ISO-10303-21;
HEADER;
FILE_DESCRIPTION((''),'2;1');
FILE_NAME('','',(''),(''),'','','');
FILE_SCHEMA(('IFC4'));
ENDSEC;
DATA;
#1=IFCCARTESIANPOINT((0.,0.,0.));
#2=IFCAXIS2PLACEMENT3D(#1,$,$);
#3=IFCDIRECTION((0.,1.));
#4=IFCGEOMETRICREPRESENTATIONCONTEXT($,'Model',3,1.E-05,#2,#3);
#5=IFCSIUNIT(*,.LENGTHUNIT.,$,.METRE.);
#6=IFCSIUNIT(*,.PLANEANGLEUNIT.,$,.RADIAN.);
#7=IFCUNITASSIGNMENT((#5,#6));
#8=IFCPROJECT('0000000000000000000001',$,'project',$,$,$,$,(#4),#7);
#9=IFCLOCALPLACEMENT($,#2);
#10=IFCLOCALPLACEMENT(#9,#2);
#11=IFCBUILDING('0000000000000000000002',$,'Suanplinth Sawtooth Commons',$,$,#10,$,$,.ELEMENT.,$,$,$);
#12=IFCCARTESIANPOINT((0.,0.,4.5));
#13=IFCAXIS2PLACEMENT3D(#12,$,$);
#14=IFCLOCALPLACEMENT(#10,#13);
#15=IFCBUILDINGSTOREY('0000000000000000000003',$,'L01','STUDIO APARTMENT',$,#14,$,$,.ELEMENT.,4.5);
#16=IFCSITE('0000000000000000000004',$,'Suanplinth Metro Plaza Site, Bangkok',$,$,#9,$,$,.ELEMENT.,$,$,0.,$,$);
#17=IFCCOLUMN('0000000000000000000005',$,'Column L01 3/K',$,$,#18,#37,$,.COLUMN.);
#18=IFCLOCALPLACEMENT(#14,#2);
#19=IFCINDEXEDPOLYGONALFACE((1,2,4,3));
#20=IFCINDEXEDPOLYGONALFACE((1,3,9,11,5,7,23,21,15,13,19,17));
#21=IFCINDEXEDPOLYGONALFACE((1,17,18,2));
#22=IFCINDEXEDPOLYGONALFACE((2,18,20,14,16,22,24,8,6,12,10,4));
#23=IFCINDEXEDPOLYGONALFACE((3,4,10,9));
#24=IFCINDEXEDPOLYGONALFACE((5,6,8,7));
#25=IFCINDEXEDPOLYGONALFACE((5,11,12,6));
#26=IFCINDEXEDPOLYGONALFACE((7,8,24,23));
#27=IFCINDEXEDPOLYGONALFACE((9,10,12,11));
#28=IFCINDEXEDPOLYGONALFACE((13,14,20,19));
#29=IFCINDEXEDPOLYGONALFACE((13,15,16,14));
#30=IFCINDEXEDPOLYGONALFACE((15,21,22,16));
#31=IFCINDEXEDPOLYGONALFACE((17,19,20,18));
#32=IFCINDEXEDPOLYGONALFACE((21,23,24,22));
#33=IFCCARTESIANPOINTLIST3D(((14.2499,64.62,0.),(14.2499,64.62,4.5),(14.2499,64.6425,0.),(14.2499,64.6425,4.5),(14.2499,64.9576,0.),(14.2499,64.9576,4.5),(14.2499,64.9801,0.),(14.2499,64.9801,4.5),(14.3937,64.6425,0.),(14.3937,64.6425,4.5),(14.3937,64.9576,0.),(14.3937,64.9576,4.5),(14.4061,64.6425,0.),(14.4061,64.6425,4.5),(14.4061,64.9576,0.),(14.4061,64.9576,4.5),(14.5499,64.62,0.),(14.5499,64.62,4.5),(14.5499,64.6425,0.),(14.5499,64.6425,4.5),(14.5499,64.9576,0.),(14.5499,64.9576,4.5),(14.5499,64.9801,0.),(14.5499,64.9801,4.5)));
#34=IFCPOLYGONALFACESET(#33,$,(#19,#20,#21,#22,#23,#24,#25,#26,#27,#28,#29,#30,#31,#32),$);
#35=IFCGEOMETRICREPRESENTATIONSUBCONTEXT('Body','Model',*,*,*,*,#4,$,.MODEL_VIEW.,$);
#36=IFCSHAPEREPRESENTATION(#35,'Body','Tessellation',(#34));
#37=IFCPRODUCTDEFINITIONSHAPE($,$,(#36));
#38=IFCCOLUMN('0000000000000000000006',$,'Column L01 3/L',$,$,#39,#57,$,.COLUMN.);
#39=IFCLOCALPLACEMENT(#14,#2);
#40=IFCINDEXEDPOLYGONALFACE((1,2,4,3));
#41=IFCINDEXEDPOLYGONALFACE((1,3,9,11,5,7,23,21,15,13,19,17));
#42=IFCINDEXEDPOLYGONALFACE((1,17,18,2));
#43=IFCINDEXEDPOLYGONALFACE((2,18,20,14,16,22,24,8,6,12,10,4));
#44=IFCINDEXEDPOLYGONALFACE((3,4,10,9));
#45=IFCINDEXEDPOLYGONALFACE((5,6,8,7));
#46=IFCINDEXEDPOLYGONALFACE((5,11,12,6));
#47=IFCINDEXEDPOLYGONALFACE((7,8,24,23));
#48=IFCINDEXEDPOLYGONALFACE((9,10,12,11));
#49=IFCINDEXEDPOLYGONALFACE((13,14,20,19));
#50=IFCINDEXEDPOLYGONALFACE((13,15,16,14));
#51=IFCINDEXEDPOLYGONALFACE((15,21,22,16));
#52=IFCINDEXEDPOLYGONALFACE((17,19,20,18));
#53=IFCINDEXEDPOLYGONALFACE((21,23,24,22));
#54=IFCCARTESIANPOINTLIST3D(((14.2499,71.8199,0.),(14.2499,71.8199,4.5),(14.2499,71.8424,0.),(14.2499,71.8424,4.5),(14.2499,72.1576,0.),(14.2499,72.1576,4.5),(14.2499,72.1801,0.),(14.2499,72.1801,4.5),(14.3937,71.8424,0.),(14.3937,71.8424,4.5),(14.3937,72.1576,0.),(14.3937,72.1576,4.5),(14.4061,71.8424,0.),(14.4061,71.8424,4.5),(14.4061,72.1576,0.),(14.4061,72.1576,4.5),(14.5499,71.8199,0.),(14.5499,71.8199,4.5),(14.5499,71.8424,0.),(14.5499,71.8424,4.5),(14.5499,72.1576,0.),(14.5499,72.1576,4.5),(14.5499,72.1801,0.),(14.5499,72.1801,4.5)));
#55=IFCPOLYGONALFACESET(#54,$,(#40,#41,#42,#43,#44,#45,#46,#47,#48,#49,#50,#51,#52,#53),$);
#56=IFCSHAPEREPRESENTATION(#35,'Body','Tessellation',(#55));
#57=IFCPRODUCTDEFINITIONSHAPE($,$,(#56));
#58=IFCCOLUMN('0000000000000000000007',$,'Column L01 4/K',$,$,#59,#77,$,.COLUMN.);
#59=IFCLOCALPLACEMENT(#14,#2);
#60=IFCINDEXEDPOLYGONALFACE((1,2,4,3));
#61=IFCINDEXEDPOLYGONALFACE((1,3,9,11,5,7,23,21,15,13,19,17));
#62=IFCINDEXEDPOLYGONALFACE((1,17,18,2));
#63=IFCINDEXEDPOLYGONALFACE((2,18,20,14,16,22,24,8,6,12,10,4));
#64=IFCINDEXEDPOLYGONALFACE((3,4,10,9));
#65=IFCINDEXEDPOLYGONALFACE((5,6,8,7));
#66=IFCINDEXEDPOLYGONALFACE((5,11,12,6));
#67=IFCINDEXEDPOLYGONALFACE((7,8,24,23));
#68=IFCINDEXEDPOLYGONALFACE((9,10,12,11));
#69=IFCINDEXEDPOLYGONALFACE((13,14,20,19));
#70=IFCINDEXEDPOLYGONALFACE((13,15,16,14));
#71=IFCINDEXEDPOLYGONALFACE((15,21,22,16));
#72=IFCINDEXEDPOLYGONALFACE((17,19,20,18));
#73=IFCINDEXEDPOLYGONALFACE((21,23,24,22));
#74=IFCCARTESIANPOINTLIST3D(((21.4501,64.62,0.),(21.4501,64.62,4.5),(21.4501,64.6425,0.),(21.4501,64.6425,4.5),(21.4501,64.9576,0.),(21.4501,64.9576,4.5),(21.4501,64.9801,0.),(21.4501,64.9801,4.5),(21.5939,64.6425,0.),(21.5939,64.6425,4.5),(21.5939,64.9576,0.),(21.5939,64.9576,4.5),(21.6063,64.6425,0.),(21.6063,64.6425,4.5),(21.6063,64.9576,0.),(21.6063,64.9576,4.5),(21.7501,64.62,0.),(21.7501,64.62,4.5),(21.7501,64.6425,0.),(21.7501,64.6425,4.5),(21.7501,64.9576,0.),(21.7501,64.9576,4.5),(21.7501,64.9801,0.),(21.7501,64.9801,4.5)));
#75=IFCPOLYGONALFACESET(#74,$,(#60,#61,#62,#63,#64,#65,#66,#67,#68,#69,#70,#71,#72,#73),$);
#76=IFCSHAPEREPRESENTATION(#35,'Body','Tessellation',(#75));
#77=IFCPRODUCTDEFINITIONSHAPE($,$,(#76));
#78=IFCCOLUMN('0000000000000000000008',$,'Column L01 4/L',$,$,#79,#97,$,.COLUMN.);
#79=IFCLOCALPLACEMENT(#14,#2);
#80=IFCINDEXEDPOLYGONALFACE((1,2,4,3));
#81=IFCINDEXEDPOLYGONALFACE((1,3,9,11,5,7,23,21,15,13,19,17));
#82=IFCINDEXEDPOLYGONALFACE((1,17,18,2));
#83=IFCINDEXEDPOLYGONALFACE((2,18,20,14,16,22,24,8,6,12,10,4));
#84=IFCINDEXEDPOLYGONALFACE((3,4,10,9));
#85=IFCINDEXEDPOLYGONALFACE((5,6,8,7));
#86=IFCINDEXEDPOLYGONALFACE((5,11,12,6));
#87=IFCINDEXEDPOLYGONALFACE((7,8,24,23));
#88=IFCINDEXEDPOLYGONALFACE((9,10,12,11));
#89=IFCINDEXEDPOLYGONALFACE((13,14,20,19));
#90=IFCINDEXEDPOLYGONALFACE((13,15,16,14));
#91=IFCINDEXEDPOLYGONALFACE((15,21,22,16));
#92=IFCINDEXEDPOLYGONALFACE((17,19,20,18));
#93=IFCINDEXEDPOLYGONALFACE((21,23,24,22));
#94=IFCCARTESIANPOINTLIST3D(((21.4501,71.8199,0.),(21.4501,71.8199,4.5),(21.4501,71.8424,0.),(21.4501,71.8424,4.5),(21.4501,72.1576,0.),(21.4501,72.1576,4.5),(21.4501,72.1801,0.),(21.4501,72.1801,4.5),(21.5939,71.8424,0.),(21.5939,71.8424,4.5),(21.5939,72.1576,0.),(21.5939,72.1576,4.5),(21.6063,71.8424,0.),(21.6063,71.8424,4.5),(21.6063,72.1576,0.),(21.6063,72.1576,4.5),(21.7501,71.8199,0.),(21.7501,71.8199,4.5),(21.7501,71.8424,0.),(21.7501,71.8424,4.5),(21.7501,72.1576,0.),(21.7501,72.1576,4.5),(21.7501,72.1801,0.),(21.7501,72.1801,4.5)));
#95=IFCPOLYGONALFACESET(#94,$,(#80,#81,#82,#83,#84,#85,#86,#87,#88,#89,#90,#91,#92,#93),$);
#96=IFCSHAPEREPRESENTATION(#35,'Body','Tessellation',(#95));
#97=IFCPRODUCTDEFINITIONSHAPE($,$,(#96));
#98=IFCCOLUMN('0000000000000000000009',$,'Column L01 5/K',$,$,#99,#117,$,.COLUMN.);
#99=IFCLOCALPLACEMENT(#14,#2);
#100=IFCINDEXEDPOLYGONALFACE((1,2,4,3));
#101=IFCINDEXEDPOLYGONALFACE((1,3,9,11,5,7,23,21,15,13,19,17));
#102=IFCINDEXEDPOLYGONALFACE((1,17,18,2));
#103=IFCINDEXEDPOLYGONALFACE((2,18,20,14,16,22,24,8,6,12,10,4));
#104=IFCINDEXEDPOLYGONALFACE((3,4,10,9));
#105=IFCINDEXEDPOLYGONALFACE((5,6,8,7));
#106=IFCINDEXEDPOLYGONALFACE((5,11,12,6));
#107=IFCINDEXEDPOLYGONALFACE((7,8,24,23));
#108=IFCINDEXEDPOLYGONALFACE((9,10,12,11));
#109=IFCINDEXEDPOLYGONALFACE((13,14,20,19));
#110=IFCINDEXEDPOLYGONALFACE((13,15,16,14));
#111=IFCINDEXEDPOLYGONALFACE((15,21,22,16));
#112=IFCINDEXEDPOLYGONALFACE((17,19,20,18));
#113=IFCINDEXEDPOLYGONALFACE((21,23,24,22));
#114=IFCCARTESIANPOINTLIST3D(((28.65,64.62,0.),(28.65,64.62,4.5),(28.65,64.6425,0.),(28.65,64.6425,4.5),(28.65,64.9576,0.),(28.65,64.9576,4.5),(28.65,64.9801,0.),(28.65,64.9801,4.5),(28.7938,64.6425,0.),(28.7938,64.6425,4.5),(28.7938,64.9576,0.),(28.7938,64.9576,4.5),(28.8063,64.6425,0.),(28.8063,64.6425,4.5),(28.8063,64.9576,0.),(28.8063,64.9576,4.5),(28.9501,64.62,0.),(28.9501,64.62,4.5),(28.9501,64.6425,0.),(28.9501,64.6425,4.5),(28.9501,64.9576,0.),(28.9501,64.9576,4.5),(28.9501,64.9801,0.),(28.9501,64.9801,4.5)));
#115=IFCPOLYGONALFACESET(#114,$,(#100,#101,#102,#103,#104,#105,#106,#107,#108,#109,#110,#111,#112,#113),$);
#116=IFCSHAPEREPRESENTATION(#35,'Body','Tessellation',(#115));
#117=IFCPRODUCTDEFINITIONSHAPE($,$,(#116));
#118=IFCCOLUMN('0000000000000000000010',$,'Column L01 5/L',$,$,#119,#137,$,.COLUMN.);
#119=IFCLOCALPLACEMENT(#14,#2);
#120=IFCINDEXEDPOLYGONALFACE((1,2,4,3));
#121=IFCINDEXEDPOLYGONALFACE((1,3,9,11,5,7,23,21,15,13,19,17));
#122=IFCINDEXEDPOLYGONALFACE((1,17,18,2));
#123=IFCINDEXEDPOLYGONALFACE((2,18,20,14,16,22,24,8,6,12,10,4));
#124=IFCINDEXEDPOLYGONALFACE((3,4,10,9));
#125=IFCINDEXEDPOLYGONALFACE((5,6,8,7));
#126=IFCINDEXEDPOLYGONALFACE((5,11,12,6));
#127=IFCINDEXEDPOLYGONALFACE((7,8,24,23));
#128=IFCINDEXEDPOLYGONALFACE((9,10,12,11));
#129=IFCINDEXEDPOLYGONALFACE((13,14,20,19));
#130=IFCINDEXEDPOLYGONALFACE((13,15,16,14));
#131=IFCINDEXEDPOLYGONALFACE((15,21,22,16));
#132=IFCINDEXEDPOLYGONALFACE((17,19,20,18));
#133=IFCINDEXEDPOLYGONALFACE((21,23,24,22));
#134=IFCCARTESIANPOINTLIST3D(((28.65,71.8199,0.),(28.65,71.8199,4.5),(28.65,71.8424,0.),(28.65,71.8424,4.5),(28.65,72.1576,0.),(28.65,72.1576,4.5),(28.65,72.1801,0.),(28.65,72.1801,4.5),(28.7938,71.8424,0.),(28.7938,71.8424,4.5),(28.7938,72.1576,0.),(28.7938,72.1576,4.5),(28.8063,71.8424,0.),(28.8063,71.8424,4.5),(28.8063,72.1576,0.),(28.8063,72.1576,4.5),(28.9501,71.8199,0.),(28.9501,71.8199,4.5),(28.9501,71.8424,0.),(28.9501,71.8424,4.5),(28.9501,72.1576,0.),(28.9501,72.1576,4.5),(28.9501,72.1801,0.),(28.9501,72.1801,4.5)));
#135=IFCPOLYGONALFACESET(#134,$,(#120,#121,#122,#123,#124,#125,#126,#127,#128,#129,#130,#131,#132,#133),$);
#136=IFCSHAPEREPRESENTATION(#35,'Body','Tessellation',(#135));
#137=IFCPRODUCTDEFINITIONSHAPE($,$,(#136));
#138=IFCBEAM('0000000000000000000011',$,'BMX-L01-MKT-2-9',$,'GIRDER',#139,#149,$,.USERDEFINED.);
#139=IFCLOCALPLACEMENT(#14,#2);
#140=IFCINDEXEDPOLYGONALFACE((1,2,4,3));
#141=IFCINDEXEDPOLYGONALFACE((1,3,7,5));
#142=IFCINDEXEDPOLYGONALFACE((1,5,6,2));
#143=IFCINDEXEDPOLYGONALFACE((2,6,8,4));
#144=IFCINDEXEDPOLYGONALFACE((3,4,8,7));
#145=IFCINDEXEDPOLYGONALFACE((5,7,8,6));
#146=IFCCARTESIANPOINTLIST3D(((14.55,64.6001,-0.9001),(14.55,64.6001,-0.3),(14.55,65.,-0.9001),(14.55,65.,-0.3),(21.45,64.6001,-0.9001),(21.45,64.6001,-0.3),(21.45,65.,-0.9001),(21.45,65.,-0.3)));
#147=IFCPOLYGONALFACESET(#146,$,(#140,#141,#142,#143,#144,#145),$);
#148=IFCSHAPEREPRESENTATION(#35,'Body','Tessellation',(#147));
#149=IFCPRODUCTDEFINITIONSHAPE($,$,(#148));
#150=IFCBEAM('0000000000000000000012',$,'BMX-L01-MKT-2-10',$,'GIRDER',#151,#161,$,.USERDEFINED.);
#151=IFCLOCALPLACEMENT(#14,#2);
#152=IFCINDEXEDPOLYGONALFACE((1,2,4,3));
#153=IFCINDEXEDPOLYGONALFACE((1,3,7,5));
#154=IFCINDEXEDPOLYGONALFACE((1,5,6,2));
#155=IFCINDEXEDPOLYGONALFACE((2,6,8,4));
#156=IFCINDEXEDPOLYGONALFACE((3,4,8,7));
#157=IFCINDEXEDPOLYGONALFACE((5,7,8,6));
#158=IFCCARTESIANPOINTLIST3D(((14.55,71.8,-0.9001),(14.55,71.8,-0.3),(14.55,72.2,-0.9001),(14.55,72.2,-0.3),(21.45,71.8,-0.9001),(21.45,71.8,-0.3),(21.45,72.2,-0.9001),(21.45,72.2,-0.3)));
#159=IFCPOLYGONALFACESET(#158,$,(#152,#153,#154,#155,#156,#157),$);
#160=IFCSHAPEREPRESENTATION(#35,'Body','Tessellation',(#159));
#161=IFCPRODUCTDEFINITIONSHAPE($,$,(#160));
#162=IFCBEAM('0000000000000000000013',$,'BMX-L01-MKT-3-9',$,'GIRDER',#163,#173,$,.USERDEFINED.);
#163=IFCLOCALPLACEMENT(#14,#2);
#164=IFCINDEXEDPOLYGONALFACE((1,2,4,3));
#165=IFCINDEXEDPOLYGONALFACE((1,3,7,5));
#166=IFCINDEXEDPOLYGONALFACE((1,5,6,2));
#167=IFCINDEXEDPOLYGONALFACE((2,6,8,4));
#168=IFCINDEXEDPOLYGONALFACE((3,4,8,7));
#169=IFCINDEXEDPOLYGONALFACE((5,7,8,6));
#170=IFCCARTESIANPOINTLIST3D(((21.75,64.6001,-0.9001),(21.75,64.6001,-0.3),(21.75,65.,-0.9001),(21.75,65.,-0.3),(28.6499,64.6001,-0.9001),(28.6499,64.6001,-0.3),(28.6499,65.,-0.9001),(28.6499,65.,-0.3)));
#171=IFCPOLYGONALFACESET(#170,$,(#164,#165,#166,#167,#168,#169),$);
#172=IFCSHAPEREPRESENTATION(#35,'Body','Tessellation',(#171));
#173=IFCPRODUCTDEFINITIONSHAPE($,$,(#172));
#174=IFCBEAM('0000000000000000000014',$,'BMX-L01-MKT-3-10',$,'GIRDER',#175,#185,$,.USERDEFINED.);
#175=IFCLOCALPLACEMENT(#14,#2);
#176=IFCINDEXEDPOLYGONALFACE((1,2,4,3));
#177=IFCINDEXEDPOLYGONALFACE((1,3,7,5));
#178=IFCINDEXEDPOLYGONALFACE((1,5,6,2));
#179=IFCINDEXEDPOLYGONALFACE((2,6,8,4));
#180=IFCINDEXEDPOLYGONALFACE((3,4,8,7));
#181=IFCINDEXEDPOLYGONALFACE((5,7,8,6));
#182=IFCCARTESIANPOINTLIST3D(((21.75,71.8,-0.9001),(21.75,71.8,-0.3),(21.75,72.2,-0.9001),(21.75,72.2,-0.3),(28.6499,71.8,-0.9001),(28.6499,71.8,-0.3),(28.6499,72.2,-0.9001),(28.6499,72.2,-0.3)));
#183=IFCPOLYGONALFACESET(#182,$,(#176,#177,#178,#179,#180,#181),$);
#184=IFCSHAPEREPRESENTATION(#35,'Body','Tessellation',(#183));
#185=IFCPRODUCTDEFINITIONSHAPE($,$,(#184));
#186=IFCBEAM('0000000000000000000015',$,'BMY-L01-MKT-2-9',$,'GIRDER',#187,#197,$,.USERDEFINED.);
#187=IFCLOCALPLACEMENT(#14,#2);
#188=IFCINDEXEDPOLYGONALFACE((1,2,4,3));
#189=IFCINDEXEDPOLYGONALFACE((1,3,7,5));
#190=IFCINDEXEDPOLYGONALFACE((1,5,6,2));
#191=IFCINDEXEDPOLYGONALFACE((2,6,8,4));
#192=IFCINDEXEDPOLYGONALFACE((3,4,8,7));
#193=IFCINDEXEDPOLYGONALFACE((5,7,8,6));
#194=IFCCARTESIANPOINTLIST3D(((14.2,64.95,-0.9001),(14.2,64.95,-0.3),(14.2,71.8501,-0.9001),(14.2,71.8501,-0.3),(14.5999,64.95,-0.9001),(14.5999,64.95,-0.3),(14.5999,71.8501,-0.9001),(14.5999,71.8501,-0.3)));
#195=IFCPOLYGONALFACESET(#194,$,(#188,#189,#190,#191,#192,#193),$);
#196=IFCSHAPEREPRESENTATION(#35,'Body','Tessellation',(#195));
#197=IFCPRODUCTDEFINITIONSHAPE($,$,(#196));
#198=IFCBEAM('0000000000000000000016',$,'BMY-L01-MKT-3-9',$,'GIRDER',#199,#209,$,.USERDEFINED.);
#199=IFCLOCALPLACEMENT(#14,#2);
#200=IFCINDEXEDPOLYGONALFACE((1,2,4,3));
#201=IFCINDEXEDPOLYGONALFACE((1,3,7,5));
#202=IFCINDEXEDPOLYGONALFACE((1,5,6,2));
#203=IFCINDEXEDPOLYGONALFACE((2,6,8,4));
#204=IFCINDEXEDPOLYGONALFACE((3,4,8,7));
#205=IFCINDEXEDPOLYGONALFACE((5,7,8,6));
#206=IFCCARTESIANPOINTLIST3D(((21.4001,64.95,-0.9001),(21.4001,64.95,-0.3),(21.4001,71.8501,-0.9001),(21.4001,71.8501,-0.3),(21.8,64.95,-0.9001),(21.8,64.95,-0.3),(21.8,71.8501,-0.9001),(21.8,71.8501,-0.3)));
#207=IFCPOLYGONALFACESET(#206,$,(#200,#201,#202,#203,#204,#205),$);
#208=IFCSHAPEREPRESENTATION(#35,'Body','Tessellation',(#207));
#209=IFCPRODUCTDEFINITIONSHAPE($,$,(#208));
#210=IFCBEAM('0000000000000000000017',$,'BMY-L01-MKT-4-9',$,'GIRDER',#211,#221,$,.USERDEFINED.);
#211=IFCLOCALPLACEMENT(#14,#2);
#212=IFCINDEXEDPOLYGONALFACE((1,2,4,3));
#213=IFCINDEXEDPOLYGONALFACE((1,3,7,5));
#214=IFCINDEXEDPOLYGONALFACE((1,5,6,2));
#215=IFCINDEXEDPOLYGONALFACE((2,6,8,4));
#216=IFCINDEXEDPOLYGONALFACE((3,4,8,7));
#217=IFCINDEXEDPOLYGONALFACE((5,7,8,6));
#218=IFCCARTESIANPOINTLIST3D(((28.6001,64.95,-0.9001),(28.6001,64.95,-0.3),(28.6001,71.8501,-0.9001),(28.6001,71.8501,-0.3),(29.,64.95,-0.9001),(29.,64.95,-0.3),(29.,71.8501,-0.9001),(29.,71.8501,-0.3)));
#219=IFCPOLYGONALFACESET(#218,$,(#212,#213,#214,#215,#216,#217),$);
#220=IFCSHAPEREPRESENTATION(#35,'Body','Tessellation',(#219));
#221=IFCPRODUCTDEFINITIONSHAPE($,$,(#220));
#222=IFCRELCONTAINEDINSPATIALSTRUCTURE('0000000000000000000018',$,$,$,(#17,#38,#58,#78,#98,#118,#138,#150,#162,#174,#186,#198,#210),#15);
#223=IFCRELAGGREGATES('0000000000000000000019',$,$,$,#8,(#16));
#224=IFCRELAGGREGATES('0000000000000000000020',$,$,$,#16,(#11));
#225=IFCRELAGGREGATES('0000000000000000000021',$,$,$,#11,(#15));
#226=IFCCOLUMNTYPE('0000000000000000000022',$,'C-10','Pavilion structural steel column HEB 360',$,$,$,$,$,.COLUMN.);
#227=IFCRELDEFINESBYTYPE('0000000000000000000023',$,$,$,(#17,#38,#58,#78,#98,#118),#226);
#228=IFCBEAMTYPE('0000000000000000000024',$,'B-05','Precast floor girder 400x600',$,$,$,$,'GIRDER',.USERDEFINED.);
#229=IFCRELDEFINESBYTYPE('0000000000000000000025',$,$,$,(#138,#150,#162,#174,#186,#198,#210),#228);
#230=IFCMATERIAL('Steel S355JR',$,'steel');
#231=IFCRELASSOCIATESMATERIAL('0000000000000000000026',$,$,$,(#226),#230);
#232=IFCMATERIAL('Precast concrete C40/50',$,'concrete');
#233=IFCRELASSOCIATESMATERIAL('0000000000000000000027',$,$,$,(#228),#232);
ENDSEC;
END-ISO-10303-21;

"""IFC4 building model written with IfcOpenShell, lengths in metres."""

from ifc_helpers import new_model, si_unit, direction, frame, origin, origin_2d, place, context, subcontext, project, spatial, rectangle, i_section, extrude, material, material_profile, profile_set, type_object, element, save


model = new_model("IFC4")

# Units and contexts
model_context = context("Model", 3, precision=1e-05, world=origin(), true_north=direction((0.0, 1.0)))
body_context = subcontext(model_context, "Body", "Model", "MODEL_VIEW")
ifc_project = project(units=[si_unit("LENGTHUNIT", "METRE"), si_unit("PLANEANGLEUNIT", "RADIAN")], contexts=[model_context])

# Site, building, storey
site_placement = place(None, origin())
site = spatial("IfcSite", under=ifc_project, at=site_placement, Name="Suanplinth Metro Plaza Site, Bangkok", CompositionType="ELEMENT", RefElevation=0.0)
building_placement = place(site_placement, origin())
building = spatial("IfcBuilding", under=site, at=building_placement, Name="Suanplinth Sawtooth Commons", CompositionType="ELEMENT")
storey_placement = place(building_placement, frame((0.0, 0.0, 4.5)))
storey = spatial("IfcBuildingStorey", under=building, at=storey_placement, Name="L01", Description="STUDIO APARTMENT", CompositionType="ELEMENT", Elevation=4.5)

# Columns
ifc_material_1 = material(Name="Steel S355JR", Category="steel")
ifc_material_profile_1 = material_profile(ifc_material_1, i_section(OverallWidth=0.3, OverallDepth=0.3601, WebThickness=0.0125, FlangeThickness=0.0225, at=origin_2d()), Name="HEB 360")
ifc_profile_set_1 = profile_set([ifc_material_profile_1], Name="Steel S355JR")
column_type = type_object("IfcColumnType", Name="C-10", Description="Pavilion structural steel column HEB 360", PredefinedType="COLUMN", material=ifc_profile_set_1)
for number, where, z_axis, x_axis, name in (
    (1, (14.3999, 64.8, 0.0), (0.0, 0.0, 1.0), (1.0, 0.0, 0.0), "Column L01 3/K"),
    (2, (14.3999, 72.0, 0.0), (0.0, 0.0, 1.0), (1.0, 0.0, 0.0), "Column L01 3/L"),
    (3, (21.6001, 64.8, 0.0), (0.0, 0.0, 1.0), (1.0, 0.0, 0.0), "Column L01 4/K"),
    (4, (21.6001, 72.0, 0.0), (0.0, 0.0, 1.0), (1.0, 0.0, 0.0), "Column L01 4/L"),
    (5, (28.8, 64.8, 0.0), (0.0, 0.0, 1.0), (1.0, 0.0, 0.0), "Column L01 5/K"),
    (6, (28.8, 72.0, 0.0), (0.0, 0.0, 1.0), (1.0, 0.0, 0.0), "Column L01 5/L"),
):
    element("IfcColumn", number, at=place(storey_placement, frame(where, z_axis=z_axis, x_axis=x_axis)), inside=storey, type_object=column_type, Name=name, PredefinedType="COLUMN", context=body_context, shape_type="SweptSolid", body=[
        extrude(i_section(OverallWidth=0.3, OverallDepth=0.3601, WebThickness=0.0125, FlangeThickness=0.0225, at=origin_2d()), origin(), (0.0, 0.0, 1.0), 4.5),
    ])

# Beams
ifc_material_2 = material(Name="Precast concrete C40/50", Category="concrete")
ifc_material_profile_2 = material_profile(ifc_material_2, rectangle(XDim=0.3999, YDim=0.6001, at=origin_2d()), Name="PC-GDR 400x600")
ifc_profile_set_2 = profile_set([ifc_material_profile_2], Name="Precast concrete C40/50")
beam_type = type_object("IfcBeamType", Name="B-05", Description="Precast floor girder 400x600", ElementType="GIRDER", PredefinedType="USERDEFINED", material=ifc_profile_set_2)
for number, where, z_axis, x_axis, name in (
    (7, (14.55, 64.8, -0.6001), (1.0, 0.0, 0.0), (0.0, 1.0, 0.0), "BMX-L01-MKT-2-9"),
    (8, (14.55, 72.0, -0.6001), (1.0, 0.0, 0.0), (0.0, 1.0, 0.0), "BMX-L01-MKT-2-10"),
    (9, (21.75, 64.8, -0.6001), (1.0, 0.0, 0.0), (0.0, 1.0, 0.0), "BMX-L01-MKT-3-9"),
    (10, (21.75, 72.0, -0.6001), (1.0, 0.0, 0.0), (0.0, 1.0, 0.0), "BMX-L01-MKT-3-10"),
):
    element("IfcBeam", number, at=place(storey_placement, frame(where, z_axis=z_axis, x_axis=x_axis)), inside=storey, type_object=beam_type, Name=name, ObjectType="GIRDER", PredefinedType="USERDEFINED", context=body_context, shape_type="SweptSolid", body=[
        extrude(rectangle(XDim=0.3999, YDim=0.6001, at=origin_2d()), origin(), (0.0, 0.0, 1.0), 6.8999),
    ])
for number, where, z_axis, x_axis, name in (
    (11, (14.3999, 64.95, -0.6001), (0.0, 1.0, 0.0), (-1.0, 0.0, 0.0), "BMY-L01-MKT-2-9"),
    (12, (21.6001, 64.95, -0.6001), (0.0, 1.0, 0.0), (-1.0, 0.0, 0.0), "BMY-L01-MKT-3-9"),
    (13, (28.8, 64.95, -0.6001), (0.0, 1.0, 0.0), (-1.0, 0.0, 0.0), "BMY-L01-MKT-4-9"),
):
    element("IfcBeam", number, at=place(storey_placement, frame(where, z_axis=z_axis, x_axis=x_axis)), inside=storey, type_object=beam_type, Name=name, ObjectType="GIRDER", PredefinedType="USERDEFINED", context=body_context, shape_type="SweptSolid", body=[
        extrude(rectangle(XDim=0.3999, YDim=0.6001, at=origin_2d()), origin(), (0.0, 0.0, 1.0), 6.9001),
    ])

save(model, "model.ifc")
